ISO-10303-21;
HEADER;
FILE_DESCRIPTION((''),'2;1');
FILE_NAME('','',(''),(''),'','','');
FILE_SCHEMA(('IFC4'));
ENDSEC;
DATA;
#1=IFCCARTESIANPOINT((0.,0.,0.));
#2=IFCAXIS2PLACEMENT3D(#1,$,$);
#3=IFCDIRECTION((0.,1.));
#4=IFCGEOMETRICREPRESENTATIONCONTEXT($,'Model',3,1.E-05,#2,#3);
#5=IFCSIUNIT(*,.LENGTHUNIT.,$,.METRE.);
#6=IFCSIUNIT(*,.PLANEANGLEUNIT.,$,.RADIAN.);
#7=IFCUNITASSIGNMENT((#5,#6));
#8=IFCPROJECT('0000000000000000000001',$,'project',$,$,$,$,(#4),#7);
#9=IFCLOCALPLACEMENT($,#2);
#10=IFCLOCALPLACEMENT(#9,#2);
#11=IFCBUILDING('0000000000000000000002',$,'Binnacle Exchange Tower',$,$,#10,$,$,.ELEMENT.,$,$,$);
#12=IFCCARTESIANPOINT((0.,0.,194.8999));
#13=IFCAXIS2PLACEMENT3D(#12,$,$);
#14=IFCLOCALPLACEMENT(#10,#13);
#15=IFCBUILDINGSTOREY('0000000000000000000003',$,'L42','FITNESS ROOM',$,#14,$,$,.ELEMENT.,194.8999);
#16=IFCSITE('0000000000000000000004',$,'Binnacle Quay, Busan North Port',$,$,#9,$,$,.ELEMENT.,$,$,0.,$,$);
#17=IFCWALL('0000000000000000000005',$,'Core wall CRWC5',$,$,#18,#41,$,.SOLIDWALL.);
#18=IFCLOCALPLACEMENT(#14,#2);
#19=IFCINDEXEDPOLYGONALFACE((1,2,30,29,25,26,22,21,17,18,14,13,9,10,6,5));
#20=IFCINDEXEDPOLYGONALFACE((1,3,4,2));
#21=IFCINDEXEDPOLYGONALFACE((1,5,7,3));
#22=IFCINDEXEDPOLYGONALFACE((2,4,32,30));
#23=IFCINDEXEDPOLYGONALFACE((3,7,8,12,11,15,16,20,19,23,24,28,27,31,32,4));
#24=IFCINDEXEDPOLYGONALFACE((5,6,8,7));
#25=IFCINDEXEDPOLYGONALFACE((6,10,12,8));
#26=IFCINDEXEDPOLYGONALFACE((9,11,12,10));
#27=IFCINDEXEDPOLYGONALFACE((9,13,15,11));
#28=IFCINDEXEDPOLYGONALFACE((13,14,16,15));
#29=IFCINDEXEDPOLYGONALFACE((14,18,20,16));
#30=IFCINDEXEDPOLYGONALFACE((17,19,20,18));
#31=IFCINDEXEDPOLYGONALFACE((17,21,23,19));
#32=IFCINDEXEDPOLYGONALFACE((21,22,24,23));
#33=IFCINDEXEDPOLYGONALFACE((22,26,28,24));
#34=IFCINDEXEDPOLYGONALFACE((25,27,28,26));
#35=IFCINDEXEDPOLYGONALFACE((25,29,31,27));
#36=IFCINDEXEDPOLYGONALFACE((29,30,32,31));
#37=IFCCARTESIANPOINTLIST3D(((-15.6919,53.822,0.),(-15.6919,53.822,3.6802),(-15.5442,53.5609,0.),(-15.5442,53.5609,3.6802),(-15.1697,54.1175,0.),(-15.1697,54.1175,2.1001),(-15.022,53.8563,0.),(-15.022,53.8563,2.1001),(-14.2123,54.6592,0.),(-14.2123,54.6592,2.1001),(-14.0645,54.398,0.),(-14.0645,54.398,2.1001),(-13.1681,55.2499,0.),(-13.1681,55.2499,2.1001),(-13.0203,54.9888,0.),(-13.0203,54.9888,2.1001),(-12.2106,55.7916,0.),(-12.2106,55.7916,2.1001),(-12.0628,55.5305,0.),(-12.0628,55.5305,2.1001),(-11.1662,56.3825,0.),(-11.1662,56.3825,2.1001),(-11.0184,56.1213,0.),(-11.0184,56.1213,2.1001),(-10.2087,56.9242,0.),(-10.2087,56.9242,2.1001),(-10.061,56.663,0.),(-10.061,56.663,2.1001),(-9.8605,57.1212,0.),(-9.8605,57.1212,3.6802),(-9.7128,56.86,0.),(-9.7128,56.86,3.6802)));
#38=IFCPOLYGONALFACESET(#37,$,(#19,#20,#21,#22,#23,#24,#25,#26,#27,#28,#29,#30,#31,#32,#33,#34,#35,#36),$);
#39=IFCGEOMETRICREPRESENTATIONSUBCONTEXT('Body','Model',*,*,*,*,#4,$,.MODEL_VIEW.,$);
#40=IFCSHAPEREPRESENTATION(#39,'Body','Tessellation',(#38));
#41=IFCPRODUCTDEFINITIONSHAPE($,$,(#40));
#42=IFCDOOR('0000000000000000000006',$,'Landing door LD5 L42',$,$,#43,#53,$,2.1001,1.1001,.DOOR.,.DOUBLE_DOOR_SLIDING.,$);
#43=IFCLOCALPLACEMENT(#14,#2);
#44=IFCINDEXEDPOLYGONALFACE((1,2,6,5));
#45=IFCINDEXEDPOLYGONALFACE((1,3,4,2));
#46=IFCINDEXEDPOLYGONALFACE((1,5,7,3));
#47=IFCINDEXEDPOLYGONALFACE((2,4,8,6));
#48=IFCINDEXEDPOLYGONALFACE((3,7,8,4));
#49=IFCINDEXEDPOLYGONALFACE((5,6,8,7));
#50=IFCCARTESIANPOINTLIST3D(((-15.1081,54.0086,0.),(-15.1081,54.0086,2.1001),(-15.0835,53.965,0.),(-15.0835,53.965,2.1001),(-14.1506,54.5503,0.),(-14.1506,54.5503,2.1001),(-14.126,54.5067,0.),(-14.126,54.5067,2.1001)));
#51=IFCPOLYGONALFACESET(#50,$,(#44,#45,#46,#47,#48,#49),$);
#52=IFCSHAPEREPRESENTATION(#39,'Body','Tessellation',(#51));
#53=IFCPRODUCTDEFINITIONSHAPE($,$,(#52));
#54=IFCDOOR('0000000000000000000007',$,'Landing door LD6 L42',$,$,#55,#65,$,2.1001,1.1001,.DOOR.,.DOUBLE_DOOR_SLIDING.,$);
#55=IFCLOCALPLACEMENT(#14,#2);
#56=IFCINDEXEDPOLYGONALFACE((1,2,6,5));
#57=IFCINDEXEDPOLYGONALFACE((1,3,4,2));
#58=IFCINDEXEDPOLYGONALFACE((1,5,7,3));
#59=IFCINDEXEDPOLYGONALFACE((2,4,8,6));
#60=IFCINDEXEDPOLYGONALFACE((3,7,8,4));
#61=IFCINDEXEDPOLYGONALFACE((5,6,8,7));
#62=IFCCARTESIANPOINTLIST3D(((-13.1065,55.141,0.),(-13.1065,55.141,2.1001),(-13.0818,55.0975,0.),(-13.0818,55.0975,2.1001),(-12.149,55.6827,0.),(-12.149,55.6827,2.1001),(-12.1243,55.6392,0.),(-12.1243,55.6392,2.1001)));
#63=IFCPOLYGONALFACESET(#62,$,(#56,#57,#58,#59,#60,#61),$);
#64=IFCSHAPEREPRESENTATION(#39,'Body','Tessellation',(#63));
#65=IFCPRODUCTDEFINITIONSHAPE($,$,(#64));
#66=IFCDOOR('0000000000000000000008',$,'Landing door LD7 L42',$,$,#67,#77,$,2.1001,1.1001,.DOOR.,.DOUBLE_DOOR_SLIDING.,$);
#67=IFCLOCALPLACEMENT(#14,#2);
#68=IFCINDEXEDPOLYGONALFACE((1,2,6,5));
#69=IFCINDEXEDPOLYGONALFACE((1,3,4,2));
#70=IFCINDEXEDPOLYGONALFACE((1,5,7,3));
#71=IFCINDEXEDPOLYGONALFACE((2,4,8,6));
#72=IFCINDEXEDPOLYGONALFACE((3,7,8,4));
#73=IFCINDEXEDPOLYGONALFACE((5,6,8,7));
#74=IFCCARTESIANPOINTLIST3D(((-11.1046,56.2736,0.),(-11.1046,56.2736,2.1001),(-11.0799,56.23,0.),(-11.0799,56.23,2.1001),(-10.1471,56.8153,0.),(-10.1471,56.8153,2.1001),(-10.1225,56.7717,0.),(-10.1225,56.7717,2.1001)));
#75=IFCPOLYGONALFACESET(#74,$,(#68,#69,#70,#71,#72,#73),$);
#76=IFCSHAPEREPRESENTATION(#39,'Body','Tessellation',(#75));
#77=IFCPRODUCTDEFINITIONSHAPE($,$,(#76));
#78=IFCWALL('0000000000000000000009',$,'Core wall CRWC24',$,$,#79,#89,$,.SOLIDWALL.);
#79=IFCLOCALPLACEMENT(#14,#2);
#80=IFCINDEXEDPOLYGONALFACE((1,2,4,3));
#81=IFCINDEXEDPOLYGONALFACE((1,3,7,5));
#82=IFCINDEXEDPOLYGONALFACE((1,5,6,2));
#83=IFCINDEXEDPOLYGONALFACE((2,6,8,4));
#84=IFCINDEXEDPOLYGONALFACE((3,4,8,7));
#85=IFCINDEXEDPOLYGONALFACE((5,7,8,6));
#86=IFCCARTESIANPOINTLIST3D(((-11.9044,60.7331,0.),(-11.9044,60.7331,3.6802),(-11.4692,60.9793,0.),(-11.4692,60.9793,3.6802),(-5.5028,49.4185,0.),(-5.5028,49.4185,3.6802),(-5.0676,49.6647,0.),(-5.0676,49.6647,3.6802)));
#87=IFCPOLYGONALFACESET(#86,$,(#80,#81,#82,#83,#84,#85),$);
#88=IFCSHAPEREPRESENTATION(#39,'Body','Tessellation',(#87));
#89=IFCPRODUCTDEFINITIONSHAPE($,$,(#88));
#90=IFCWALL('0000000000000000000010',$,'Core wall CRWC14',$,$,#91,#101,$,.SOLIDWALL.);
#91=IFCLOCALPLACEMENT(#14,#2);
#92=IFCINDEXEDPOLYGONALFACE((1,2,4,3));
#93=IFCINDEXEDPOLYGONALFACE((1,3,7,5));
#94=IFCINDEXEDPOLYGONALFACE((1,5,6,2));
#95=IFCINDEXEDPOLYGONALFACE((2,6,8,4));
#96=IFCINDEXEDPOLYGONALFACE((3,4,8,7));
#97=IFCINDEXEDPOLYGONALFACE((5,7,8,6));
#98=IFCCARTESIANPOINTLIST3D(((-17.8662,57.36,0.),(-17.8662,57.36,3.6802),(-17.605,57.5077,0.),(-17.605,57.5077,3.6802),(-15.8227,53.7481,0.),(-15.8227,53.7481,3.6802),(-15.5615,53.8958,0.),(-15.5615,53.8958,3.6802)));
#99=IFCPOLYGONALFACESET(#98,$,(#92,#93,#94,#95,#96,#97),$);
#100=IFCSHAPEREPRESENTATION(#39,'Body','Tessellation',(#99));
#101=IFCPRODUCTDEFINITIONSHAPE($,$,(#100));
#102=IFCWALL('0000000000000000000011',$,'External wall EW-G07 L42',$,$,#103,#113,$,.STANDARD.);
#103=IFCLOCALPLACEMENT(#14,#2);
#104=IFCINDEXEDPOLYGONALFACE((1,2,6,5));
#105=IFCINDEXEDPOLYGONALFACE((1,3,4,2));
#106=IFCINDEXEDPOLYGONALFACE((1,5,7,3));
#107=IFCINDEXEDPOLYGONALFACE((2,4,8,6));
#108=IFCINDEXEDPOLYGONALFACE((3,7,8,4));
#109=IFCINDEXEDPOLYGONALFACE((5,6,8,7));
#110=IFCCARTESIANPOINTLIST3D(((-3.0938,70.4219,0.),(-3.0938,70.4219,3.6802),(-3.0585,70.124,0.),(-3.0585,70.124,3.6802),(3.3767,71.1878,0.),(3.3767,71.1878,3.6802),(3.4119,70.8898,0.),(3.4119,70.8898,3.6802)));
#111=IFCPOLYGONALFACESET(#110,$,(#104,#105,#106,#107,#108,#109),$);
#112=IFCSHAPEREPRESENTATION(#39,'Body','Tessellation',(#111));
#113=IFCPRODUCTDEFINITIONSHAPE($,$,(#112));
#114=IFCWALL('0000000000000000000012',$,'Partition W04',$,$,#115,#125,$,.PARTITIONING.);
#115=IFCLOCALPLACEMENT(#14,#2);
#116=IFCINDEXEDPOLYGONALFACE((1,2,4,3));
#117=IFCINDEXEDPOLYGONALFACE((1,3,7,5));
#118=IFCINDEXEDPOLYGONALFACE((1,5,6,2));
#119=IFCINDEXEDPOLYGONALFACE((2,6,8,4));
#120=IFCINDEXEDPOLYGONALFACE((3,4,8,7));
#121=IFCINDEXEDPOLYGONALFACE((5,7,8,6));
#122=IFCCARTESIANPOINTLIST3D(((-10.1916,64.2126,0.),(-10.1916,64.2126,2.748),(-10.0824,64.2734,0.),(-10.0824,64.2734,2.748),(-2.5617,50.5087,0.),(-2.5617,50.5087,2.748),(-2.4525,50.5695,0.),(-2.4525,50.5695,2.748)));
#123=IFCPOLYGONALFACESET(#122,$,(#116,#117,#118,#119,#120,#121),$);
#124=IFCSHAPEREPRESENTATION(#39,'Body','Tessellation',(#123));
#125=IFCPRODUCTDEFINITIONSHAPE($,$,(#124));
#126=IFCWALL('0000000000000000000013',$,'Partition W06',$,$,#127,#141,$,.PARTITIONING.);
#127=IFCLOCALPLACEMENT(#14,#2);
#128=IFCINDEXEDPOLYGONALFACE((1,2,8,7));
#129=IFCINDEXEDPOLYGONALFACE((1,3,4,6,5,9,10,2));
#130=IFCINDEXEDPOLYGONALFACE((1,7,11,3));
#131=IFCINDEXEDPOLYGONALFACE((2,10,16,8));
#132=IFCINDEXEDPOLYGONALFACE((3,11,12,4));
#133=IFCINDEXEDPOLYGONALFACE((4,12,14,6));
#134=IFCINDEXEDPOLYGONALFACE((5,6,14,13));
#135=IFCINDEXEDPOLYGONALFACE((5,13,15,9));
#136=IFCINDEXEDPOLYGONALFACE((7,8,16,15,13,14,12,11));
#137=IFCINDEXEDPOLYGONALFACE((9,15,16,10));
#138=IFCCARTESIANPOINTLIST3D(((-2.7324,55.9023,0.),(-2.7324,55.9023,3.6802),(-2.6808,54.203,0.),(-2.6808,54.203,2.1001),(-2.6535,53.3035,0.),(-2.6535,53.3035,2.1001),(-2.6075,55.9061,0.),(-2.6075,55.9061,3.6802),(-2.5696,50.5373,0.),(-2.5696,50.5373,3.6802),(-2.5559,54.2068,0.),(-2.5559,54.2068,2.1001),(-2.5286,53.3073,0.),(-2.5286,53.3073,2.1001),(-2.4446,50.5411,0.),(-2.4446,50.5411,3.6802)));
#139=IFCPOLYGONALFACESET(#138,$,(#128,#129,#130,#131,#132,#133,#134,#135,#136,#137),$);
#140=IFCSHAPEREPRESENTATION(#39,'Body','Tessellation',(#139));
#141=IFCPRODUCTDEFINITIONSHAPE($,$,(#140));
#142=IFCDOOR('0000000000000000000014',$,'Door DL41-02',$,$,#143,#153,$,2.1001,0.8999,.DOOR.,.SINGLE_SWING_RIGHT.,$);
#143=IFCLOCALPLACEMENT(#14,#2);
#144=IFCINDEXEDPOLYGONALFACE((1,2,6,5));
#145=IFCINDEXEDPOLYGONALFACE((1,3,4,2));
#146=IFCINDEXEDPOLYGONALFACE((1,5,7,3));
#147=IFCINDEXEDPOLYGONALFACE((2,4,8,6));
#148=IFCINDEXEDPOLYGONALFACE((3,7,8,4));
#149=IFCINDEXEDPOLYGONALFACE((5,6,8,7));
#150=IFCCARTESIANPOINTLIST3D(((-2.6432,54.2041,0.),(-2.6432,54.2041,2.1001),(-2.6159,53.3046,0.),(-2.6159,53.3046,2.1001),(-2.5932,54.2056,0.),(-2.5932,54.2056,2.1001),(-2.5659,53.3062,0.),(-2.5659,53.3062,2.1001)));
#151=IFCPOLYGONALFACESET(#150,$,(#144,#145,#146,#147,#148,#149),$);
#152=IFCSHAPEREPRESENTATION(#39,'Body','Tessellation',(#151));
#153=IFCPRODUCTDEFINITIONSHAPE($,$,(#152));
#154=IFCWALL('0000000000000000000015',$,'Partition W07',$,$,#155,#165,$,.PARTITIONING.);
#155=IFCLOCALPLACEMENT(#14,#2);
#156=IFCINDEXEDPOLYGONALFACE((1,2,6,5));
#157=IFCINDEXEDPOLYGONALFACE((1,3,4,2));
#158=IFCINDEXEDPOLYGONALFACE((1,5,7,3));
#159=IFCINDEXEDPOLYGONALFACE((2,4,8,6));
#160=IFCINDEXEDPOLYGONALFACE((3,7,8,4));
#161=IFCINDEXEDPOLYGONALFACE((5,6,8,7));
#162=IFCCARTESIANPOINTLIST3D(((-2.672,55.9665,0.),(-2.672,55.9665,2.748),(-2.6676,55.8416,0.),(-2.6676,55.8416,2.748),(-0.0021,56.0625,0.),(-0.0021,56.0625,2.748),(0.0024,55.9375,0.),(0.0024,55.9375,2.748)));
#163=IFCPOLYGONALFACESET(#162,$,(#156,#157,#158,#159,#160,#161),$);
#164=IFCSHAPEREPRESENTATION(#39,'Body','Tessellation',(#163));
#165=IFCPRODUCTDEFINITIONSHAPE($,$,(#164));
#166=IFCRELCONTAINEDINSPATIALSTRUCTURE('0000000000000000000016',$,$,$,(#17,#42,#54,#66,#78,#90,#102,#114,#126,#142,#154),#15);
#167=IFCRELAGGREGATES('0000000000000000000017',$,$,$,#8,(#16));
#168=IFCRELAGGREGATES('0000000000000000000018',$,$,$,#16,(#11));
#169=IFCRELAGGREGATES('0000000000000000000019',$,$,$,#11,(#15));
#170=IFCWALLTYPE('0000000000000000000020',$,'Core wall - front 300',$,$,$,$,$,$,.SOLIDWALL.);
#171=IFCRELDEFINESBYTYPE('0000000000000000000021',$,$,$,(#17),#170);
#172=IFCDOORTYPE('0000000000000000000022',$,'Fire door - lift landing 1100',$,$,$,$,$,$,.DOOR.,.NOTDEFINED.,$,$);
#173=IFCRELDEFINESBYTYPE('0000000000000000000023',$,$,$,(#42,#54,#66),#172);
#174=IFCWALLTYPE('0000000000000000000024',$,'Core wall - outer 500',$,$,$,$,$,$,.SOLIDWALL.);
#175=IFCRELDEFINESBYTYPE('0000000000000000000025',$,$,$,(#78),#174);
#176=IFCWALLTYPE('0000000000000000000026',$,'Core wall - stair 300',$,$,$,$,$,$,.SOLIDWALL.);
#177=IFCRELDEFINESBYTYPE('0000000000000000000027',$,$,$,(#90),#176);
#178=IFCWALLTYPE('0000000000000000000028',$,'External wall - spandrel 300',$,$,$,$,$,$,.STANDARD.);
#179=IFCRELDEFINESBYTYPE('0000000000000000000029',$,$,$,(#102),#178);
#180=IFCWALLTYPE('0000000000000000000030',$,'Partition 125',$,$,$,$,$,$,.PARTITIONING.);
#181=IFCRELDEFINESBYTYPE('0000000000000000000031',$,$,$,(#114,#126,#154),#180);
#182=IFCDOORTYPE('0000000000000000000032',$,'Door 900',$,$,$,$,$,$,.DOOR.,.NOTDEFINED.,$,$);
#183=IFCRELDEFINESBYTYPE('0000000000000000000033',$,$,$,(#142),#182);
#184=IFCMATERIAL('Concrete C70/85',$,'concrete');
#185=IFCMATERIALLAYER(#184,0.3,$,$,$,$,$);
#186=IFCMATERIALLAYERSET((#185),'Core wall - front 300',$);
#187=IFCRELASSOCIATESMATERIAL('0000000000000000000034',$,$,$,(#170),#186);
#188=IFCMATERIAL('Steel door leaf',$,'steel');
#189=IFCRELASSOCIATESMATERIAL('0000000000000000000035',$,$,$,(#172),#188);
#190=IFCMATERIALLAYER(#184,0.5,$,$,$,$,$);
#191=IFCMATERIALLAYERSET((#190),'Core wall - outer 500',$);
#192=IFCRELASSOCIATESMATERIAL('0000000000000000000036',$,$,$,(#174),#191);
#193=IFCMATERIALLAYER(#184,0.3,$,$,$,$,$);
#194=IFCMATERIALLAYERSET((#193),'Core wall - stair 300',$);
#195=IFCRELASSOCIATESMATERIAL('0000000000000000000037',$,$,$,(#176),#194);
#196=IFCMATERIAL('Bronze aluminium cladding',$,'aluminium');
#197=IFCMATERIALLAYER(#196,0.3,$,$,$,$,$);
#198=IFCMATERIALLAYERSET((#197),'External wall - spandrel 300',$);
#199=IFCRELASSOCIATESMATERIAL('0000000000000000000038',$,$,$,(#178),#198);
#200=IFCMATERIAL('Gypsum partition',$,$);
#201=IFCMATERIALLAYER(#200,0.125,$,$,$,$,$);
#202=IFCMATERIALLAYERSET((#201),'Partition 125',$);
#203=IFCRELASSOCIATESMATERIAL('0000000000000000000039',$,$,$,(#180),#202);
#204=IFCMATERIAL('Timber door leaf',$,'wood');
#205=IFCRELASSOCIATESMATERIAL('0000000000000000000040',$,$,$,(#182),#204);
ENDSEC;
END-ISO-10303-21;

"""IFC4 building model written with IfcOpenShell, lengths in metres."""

from ifc_helpers import new_model, si_unit, direction, frame, frame_2d, origin, place, context, subcontext, project, spatial, rectangle, extrude, material, layer, layer_set, type_object, element, fill, save


model = new_model("IFC4")

# Units and contexts
model_context = context("Model", 3, precision=1e-05, world=origin(), true_north=direction((0.0, 1.0)))
body_context = subcontext(model_context, "Body", "Model", "MODEL_VIEW")
ifc_project = project(units=[si_unit("LENGTHUNIT", "METRE"), si_unit("PLANEANGLEUNIT", "RADIAN")], contexts=[model_context])

# Site, building, storey
site_placement = place(None, origin())
site = spatial("IfcSite", under=ifc_project, at=site_placement, Name="Binnacle Quay, Busan North Port", CompositionType="ELEMENT", RefElevation=0.0)
building_placement = place(site_placement, origin())
building = spatial("IfcBuilding", under=site, at=building_placement, Name="Binnacle Exchange Tower", CompositionType="ELEMENT")
storey_placement = place(building_placement, frame((0.0, 0.0, 194.8999)))
storey = spatial("IfcBuildingStorey", under=building, at=storey_placement, Name="L42", Description="FITNESS ROOM", CompositionType="ELEMENT", Elevation=194.8999)

# Shared definitions
ifc_material_1 = material(Name="Concrete C70/85", Category="concrete")

# Wall, openings, doors
ifc_layer_1 = layer(ifc_material_1, 0.3)
ifc_layer_set_1 = layer_set([ifc_layer_1], Name="Core wall - front 300")
wall_type_1 = type_object("IfcWallType", Name="Core wall - front 300", PredefinedType="SOLIDWALL", material=ifc_layer_set_1)
wall_1_placement = place(storey_placement, frame((-15.6182, 53.6914, 0.0), z_axis=(0.0, 0.0, 1.0), x_axis=(0.870363, 0.49241, 0.0)))
wall_1 = element("IfcWall", 1, at=wall_1_placement, inside=storey, type_object=wall_type_1, Name="Core wall CRWC5", PredefinedType="SOLIDWALL", context=body_context, shape_type="SweptSolid", body=[
    extrude(rectangle(XDim=6.7, YDim=0.3, at=frame_2d((3.3501, 0.0))), origin(), (0.0, 0.0, 1.0), 3.6802),
])
opening_1_placement = place(wall_1_placement, frame((0.6001, 0.0, 0.0)))
opening_1 = element("IfcOpeningElement", 2, at=opening_1_placement, cuts=wall_1, PredefinedType="OPENING", context=body_context, shape_type="SweptSolid", body=[
    extrude(rectangle(XDim=1.1001, YDim=2.1001, at=frame_2d((0.55, 1.05))), frame((0.0, 0.1599, 0.0), z_axis=(0.0, -1.0, 0.0), x_axis=(1.0, 0.0, 0.0)), (0.0, 0.0, 1.0), 0.3201),
])
opening_2_placement = place(wall_1_placement, frame((2.8999, 0.0, 0.0)))
opening_2 = element("IfcOpeningElement", 3, at=opening_2_placement, cuts=wall_1, PredefinedType="OPENING", context=body_context, shape_type="SweptSolid", body=[
    extrude(rectangle(XDim=1.1001, YDim=2.1001, at=frame_2d((0.55, 1.05))), frame((0.0, 0.1599, 0.0), z_axis=(0.0, -1.0, 0.0), x_axis=(1.0, 0.0, 0.0)), (0.0, 0.0, 1.0), 0.3201),
])
opening_3_placement = place(wall_1_placement, frame((5.2, 0.0, 0.0)))
opening_3 = element("IfcOpeningElement", 4, at=opening_3_placement, cuts=wall_1, PredefinedType="OPENING", context=body_context, shape_type="SweptSolid", body=[
    extrude(rectangle(XDim=1.1001, YDim=2.1001, at=frame_2d((0.55, 1.05))), frame((0.0, 0.1599, 0.0), z_axis=(0.0, -1.0, 0.0), x_axis=(1.0, 0.0, 0.0)), (0.0, 0.0, 1.0), 0.3201),
])
ifc_material_2 = material(Name="Steel door leaf", Category="steel")
door_type_1 = type_object("IfcDoorType", Name="Fire door - lift landing 1100", OperationType="NOTDEFINED", PredefinedType="DOOR", material=ifc_material_2)
door_1_placement = place(opening_1_placement, origin())
door_1 = element("IfcDoor", 5, at=door_1_placement, inside=storey, type_object=door_type_1, Name="Landing door LD5 L42", OperationType="DOUBLE_DOOR_SLIDING", OverallHeight=2.1001, OverallWidth=1.1001, PredefinedType="DOOR", context=body_context, shape_type="SweptSolid", body=[
    extrude(rectangle(XDim=1.1001, YDim=2.1001, at=frame_2d((0.55, 1.05))), frame((0.0, 0.0249, 0.0), z_axis=(0.0, -1.0, 0.0), x_axis=(1.0, 0.0, 0.0)), (0.0, 0.0, 1.0), 0.05),
])
fill(opening_1, door_1)
door_2_placement = place(opening_2_placement, origin())
door_2 = element("IfcDoor", 6, at=door_2_placement, inside=storey, type_object=door_type_1, Name="Landing door LD6 L42", OperationType="DOUBLE_DOOR_SLIDING", OverallHeight=2.1001, OverallWidth=1.1001, PredefinedType="DOOR", context=body_context, shape_type="SweptSolid", body=[
    extrude(rectangle(XDim=1.1001, YDim=2.1001, at=frame_2d((0.55, 1.05))), frame((0.0, 0.0249, 0.0), z_axis=(0.0, -1.0, 0.0), x_axis=(1.0, 0.0, 0.0)), (0.0, 0.0, 1.0), 0.05),
])
fill(opening_2, door_2)
door_3_placement = place(opening_3_placement, origin())
door_3 = element("IfcDoor", 7, at=door_3_placement, inside=storey, type_object=door_type_1, Name="Landing door LD7 L42", OperationType="DOUBLE_DOOR_SLIDING", OverallHeight=2.1001, OverallWidth=1.1001, PredefinedType="DOOR", context=body_context, shape_type="SweptSolid", body=[
    extrude(rectangle(XDim=1.1001, YDim=2.1001, at=frame_2d((0.55, 1.05))), frame((0.0, 0.0249, 0.0), z_axis=(0.0, -1.0, 0.0), x_axis=(1.0, 0.0, 0.0)), (0.0, 0.0, 1.0), 0.05),
])
fill(opening_3, door_3)

# Walls
ifc_layer_2 = layer(ifc_material_1, 0.5)
ifc_layer_set_2 = layer_set([ifc_layer_2], Name="Core wall - outer 500")
wall_type_2 = type_object("IfcWallType", Name="Core wall - outer 500", PredefinedType="SOLIDWALL", material=ifc_layer_set_2)
wall_2_placement = place(storey_placement, frame((-11.6868, 60.8562, 0.0), z_axis=(0.0, 0.0, 1.0), x_axis=(0.492427, -0.870354, 0.0)))
element("IfcWall", 8, at=wall_2_placement, inside=storey, type_object=wall_type_2, Name="Core wall CRWC24", PredefinedType="SOLIDWALL", context=body_context, shape_type="SweptSolid", body=[
    extrude(rectangle(XDim=13.0, YDim=0.5, at=frame_2d((6.5, 0.0))), origin(), (0.0, 0.0, 1.0), 3.6802),
])
ifc_layer_3 = layer(ifc_material_1, 0.3)
ifc_layer_set_3 = layer_set([ifc_layer_3], Name="Core wall - stair 300")
wall_type_3 = type_object("IfcWallType", Name="Core wall - stair 300", PredefinedType="SOLIDWALL", material=ifc_layer_set_3)
wall_3_placement = place(storey_placement, frame((-17.7356, 57.4338, 0.0), z_axis=(0.0, 0.0, 1.0), x_axis=(0.492422, -0.870357, 0.0)))
element("IfcWall", 9, at=wall_3_placement, inside=storey, type_object=wall_type_3, Name="Core wall CRWC14", PredefinedType="SOLIDWALL", context=body_context, shape_type="SweptSolid", body=[
    extrude(rectangle(XDim=4.1499, YDim=0.3, at=frame_2d((2.075, 0.0))), origin(), (0.0, 0.0, 1.0), 3.6802),
])
ifc_material_3 = material(Name="Bronze aluminium cladding", Category="aluminium")
ifc_layer_4 = layer(ifc_material_3, 0.3)
ifc_layer_set_4 = layer_set([ifc_layer_4], Name="External wall - spandrel 300")
wall_type_4 = type_object("IfcWallType", Name="External wall - spandrel 300", PredefinedType="STANDARD", material=ifc_layer_set_4)
wall_4_placement = place(storey_placement, frame((-3.0762, 70.2729, 0.0), z_axis=(0.0, 0.0, 1.0), x_axis=(0.993068, 0.117543, 0.0)))
element("IfcWall", 10, at=wall_4_placement, inside=storey, type_object=wall_type_4, Name="External wall EW-G07 L42", PredefinedType="STANDARD", context=body_context, shape_type="SweptSolid", body=[
    extrude(rectangle(XDim=6.5156, YDim=0.3, at=frame_2d((3.2578, 0.0))), origin(), (0.0, 0.0, 1.0), 3.6802),
])
ifc_material_4 = material(Name="Gypsum partition")
ifc_layer_5 = layer(ifc_material_4, 0.125)
ifc_layer_set_5 = layer_set([ifc_layer_5], Name="Partition 125")
wall_type_5 = type_object("IfcWallType", Name="Partition 125", PredefinedType="PARTITIONING", material=ifc_layer_set_5)
wall_5_placement = place(storey_placement, frame((-10.137, 64.2429, 0.0), z_axis=(0.0, 0.0, 1.0), x_axis=(0.486453, -0.873707, 0.0)))
element("IfcWall", 11, at=wall_5_placement, inside=storey, type_object=wall_type_5, Name="Partition W04", PredefinedType="PARTITIONING", context=body_context, shape_type="SweptSolid", body=[
    extrude(rectangle(XDim=15.6848, YDim=0.125, at=frame_2d((7.8423, 0.0))), origin(), (0.0, 0.0, 1.0), 2.748),
])

# Wall, opening, door
wall_6_placement = place(storey_placement, frame((-2.6699, 55.9041, 0.0), z_axis=(0.0, 0.0, 1.0), x_axis=(0.030339, -0.99954, 0.0)))
wall_6 = element("IfcWall", 12, at=wall_6_placement, inside=storey, type_object=wall_type_5, Name="Partition W06", PredefinedType="PARTITIONING", context=body_context, shape_type="SweptSolid", body=[
    extrude(rectangle(XDim=5.3674, YDim=0.125, at=frame_2d((2.6836, 0.0))), origin(), (0.0, 0.0, 1.0), 3.6802),
])
opening_4_placement = place(wall_6_placement, frame((1.7, 0.0, 0.0)))
opening_4 = element("IfcOpeningElement", 13, at=opening_4_placement, cuts=wall_6, PredefinedType="OPENING", context=body_context, shape_type="SweptSolid", body=[
    extrude(rectangle(XDim=0.8999, YDim=2.1001, at=frame_2d((0.45, 1.05))), frame((0.0, 0.0725, 0.0), z_axis=(0.0, -1.0, 0.0), x_axis=(1.0, 0.0, 0.0)), (0.0, 0.0, 1.0), 0.145),
])
ifc_material_5 = material(Name="Timber door leaf", Category="wood")
door_type_2 = type_object("IfcDoorType", Name="Door 900", OperationType="NOTDEFINED", PredefinedType="DOOR", material=ifc_material_5)
door_4_placement = place(opening_4_placement, frame((0.8999, 0.0, 0.0), z_axis=(0.0, 0.0, 1.0), x_axis=(-1.0, 0.0, 0.0)))
door_4 = element("IfcDoor", 14, at=door_4_placement, inside=storey, type_object=door_type_2, Name="Door DL41-02", OperationType="SINGLE_SWING_RIGHT", OverallHeight=2.1001, OverallWidth=0.8999, PredefinedType="DOOR", context=body_context, shape_type="SweptSolid", body=[
    extrude(rectangle(XDim=0.8999, YDim=2.1001, at=frame_2d((0.45, 1.05))), frame((0.0, 0.0249, 0.0), z_axis=(0.0, -1.0, 0.0), x_axis=(1.0, 0.0, 0.0)), (0.0, 0.0, 1.0), 0.05),
])
fill(opening_4, door_4)

# Wall
wall_7_placement = place(storey_placement, frame((-2.6699, 55.9041, 0.0), z_axis=(0.0, 0.0, 1.0), x_axis=(0.999355, 0.035913, 0.0)))
element("IfcWall", 15, at=wall_7_placement, inside=storey, type_object=wall_type_5, Name="Partition W07", PredefinedType="PARTITIONING", context=body_context, shape_type="SweptSolid", body=[
    extrude(rectangle(XDim=2.6716, YDim=0.125, at=frame_2d((1.3359, 0.0))), origin(), (0.0, 0.0, 1.0), 2.748),
])

save(model, "model.ifc")
